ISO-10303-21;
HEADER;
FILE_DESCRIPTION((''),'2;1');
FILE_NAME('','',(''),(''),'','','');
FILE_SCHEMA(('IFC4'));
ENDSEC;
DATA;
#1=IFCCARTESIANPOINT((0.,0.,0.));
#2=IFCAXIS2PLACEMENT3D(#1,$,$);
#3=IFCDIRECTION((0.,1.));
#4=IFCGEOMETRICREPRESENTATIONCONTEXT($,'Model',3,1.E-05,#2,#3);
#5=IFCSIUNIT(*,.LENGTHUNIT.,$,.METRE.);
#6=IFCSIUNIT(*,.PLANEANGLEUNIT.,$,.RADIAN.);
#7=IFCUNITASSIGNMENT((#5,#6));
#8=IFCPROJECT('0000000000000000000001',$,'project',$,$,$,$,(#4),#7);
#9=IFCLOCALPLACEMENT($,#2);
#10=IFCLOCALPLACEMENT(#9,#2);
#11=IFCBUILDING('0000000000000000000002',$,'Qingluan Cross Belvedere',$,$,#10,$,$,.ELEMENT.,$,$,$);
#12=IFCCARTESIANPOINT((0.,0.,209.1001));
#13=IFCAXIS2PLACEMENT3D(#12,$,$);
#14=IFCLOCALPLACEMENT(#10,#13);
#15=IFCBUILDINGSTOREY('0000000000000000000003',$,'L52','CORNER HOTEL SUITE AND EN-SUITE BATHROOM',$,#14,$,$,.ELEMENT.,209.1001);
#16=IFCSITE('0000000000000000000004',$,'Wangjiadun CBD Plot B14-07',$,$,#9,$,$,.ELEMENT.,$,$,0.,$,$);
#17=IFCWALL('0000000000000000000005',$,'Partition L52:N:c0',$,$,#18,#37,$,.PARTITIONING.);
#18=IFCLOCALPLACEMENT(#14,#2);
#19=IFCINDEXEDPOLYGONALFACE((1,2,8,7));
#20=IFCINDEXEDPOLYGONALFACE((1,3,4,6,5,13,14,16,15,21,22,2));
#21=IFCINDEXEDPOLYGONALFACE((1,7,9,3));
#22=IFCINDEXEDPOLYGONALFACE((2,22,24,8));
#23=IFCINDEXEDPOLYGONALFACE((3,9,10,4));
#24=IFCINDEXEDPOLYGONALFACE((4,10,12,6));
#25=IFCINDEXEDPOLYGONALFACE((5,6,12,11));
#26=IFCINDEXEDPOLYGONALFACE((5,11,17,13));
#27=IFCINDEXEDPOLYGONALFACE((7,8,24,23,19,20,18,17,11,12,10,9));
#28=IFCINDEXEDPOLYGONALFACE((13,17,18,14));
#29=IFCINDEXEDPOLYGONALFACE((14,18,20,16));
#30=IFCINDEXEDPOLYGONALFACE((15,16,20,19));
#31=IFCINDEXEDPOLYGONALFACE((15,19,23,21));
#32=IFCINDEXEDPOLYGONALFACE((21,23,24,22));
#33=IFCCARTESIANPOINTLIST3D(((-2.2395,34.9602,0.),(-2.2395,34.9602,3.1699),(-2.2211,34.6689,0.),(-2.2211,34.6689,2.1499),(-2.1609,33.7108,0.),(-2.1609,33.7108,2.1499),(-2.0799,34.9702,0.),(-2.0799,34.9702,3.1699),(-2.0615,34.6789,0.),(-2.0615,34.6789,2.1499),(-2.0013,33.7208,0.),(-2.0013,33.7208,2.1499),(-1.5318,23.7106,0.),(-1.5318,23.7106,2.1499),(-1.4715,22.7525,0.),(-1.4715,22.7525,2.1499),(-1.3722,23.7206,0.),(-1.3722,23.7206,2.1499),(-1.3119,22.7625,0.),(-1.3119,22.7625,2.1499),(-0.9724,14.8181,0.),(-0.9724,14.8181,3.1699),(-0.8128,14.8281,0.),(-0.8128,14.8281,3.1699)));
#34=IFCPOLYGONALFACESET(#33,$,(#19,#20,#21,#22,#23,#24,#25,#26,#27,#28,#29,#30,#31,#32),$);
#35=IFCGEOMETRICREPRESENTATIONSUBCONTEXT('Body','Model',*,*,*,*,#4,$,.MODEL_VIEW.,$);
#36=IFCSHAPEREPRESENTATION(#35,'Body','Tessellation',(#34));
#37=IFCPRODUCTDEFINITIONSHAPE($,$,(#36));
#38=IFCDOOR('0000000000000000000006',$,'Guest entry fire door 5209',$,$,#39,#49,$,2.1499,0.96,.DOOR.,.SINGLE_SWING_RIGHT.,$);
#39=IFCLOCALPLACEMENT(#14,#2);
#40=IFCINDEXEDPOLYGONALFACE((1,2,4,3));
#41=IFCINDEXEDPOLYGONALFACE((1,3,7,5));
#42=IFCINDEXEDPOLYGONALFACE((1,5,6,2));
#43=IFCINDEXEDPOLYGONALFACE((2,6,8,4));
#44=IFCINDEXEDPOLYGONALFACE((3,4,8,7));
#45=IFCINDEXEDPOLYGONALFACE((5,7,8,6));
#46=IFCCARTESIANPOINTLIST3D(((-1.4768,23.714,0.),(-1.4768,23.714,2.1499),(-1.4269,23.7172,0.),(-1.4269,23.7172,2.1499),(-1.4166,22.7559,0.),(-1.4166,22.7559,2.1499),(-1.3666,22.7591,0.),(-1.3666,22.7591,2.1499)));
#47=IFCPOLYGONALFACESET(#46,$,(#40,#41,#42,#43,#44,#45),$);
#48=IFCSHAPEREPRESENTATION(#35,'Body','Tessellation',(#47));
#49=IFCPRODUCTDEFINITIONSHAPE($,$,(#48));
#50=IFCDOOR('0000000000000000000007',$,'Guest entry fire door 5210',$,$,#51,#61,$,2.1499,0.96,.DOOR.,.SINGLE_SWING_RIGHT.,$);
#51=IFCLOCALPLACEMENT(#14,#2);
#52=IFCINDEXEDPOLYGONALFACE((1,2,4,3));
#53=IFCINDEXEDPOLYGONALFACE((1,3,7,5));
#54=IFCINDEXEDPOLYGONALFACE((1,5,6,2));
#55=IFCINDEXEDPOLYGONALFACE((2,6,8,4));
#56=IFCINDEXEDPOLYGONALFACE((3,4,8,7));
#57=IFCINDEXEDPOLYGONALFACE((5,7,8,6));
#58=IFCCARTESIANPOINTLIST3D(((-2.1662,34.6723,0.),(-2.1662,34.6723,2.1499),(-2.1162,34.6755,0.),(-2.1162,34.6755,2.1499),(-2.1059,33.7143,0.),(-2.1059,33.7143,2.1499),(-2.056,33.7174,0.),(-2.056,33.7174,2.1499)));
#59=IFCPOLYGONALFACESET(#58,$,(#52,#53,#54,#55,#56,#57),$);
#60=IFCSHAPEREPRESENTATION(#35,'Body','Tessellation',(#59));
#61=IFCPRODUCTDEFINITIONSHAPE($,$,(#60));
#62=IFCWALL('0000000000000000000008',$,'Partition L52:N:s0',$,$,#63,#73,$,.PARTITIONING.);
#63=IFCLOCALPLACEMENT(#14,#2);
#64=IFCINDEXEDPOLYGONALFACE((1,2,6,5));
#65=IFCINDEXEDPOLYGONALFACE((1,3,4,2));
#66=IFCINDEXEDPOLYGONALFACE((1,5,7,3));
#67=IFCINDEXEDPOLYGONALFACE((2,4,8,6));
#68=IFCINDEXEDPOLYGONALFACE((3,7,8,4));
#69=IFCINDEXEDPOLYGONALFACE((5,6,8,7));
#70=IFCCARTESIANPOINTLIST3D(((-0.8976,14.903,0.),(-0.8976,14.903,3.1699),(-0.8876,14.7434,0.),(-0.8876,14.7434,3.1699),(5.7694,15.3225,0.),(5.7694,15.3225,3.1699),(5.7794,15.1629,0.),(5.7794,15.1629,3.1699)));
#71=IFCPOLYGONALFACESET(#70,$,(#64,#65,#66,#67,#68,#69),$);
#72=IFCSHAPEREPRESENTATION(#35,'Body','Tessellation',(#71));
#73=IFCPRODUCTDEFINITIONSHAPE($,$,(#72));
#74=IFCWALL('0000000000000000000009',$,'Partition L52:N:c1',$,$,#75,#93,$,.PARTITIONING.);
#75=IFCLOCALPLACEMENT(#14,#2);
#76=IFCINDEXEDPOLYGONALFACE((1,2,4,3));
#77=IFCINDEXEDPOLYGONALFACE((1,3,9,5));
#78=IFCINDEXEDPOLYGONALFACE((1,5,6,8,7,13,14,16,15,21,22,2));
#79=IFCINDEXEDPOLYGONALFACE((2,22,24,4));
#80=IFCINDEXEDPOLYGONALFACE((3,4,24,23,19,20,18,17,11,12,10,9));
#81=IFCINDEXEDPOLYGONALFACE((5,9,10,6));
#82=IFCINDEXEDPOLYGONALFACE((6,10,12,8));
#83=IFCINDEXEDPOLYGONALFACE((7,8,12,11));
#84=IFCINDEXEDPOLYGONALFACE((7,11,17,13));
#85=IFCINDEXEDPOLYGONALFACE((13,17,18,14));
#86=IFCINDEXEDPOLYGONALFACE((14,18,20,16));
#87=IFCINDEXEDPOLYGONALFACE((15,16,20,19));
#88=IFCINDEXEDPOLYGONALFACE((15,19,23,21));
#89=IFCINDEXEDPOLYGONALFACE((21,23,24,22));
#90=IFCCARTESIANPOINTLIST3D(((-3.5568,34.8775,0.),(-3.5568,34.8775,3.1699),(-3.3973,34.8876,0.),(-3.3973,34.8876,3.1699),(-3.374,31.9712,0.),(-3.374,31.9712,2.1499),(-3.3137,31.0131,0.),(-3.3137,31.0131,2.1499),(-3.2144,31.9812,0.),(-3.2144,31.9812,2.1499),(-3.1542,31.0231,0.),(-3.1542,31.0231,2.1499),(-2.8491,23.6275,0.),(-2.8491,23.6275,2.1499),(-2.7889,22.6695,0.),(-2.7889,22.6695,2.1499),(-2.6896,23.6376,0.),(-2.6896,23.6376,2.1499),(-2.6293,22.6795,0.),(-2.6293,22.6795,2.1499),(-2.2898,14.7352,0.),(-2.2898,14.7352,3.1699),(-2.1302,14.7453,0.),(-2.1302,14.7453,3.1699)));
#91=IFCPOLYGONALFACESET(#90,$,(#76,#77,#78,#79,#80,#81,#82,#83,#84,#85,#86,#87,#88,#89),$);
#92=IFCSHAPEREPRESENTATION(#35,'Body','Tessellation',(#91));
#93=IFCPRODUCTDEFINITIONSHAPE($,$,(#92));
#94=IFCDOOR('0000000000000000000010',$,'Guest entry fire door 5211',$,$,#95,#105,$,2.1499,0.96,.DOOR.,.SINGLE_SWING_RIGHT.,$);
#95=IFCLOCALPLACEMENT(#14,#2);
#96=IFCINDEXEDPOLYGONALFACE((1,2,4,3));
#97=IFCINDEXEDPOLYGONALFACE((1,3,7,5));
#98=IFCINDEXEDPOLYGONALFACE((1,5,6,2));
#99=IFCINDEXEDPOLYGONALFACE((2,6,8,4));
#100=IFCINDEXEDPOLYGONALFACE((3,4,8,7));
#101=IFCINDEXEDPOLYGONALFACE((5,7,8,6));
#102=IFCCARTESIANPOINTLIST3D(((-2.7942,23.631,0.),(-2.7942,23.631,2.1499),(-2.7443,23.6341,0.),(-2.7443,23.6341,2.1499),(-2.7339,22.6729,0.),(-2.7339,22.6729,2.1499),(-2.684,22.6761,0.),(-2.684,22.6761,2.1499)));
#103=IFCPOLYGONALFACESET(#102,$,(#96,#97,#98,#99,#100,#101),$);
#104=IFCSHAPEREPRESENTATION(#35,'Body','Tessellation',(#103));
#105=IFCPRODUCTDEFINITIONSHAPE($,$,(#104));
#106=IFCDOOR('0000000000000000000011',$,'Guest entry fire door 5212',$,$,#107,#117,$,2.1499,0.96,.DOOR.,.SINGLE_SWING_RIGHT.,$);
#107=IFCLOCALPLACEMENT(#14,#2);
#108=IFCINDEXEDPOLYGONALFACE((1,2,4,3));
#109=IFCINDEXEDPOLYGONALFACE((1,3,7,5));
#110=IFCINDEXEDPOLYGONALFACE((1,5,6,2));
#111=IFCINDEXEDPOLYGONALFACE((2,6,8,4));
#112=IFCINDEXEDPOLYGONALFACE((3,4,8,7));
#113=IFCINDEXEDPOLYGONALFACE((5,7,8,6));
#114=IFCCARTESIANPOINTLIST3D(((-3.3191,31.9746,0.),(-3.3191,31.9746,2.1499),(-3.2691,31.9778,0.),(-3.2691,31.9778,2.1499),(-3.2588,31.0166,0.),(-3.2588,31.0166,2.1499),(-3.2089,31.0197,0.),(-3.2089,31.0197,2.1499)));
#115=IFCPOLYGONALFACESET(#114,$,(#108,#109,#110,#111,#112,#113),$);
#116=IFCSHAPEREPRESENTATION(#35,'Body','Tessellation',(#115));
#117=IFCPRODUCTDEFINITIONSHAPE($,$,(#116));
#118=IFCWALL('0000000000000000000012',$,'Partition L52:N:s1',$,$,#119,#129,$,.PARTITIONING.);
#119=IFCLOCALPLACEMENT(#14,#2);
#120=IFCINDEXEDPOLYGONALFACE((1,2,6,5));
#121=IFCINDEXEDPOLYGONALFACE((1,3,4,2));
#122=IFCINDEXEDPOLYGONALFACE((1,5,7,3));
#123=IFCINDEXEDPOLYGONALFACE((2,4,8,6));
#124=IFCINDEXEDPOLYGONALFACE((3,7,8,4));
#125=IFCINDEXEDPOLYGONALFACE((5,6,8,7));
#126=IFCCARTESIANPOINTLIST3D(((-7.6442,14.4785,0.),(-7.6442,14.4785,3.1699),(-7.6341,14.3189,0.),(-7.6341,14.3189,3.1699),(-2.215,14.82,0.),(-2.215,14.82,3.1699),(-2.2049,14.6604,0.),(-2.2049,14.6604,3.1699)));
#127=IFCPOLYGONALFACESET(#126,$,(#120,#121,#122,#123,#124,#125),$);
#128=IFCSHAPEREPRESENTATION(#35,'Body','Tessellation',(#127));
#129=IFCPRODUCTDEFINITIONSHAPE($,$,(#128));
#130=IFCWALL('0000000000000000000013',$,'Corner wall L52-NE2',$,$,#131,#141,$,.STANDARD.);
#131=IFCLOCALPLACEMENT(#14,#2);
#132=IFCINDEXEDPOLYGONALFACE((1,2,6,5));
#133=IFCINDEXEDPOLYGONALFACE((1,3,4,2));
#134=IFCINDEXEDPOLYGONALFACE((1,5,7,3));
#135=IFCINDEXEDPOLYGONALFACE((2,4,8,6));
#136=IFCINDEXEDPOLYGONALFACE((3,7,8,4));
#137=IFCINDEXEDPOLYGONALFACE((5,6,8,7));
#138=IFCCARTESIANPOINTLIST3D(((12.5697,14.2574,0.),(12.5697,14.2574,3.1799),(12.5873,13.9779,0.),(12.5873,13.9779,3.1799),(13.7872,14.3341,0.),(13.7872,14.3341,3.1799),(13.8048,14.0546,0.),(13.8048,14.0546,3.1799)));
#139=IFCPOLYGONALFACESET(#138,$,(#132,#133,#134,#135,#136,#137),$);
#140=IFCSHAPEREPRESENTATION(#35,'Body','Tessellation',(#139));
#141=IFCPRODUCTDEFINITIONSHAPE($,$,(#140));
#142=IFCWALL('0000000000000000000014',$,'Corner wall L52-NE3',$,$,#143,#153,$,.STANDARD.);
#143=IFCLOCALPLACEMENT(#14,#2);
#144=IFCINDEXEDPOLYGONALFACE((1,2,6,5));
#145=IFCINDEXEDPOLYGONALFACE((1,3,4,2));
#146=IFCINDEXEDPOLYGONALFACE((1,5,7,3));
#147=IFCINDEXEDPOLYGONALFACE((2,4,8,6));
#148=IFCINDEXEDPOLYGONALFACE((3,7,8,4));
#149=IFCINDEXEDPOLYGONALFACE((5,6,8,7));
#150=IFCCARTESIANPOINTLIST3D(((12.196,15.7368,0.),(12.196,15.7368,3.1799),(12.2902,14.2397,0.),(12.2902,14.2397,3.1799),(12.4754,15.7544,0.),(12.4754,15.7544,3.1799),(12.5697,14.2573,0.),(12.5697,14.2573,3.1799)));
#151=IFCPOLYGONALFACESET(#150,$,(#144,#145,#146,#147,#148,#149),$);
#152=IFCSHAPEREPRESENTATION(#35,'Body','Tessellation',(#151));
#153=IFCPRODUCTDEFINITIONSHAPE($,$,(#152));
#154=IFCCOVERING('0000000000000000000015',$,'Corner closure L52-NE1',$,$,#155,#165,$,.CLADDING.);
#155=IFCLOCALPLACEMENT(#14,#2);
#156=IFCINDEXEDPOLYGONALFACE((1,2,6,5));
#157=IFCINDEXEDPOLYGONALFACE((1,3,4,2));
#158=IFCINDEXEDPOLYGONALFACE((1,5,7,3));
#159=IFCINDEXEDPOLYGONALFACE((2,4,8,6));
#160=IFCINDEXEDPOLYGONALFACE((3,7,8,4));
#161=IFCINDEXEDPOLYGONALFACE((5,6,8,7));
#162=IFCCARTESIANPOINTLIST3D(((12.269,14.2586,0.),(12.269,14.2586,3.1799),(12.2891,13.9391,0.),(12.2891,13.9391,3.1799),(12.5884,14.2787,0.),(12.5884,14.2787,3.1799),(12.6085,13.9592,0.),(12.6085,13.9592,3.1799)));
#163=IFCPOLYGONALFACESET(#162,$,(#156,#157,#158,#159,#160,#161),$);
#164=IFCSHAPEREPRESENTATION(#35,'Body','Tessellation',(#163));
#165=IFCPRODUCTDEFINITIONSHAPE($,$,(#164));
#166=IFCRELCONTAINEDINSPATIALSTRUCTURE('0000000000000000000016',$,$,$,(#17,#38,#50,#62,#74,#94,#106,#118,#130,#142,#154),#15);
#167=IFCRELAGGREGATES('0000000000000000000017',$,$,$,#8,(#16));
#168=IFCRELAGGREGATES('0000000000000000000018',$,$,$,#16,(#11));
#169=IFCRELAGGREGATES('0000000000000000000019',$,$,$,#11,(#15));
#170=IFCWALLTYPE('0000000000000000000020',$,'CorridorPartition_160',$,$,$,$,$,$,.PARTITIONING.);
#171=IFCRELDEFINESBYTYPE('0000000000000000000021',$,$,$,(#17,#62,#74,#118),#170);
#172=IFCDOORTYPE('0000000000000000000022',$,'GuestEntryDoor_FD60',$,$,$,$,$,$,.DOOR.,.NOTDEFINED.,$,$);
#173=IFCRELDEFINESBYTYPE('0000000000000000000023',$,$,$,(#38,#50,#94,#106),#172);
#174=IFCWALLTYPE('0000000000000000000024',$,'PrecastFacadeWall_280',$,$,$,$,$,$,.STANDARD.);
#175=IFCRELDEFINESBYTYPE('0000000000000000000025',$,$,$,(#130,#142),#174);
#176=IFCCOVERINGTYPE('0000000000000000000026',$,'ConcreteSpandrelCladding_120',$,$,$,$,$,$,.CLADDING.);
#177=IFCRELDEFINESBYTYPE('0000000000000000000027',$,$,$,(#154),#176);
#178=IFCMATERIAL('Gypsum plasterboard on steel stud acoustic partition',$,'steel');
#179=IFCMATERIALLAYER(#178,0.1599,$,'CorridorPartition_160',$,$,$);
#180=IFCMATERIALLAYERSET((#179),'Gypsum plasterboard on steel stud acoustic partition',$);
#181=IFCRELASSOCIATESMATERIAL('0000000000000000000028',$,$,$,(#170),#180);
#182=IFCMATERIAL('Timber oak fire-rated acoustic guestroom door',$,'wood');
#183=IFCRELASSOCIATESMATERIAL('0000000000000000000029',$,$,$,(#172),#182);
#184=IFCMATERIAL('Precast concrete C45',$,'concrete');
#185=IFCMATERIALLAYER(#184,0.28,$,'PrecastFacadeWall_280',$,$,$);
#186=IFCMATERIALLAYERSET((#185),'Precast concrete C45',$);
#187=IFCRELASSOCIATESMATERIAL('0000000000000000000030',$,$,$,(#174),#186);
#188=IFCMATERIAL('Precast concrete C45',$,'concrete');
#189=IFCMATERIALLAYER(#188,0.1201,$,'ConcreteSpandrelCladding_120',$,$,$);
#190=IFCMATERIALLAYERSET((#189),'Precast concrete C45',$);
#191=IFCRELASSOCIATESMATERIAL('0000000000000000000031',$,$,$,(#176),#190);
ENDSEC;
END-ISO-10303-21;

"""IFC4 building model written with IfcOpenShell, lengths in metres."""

from ifc_helpers import new_model, si_unit, direction, frame, frame_2d, origin, origin_2d, place, context, subcontext, project, spatial, rectangle, extrude, material, layer, layer_set, type_object, element, fill, save


model = new_model("IFC4")

# Units and contexts
model_context = context("Model", 3, precision=1e-05, world=origin(), true_north=direction((0.0, 1.0)))
body_context = subcontext(model_context, "Body", "Model", "MODEL_VIEW")
ifc_project = project(units=[si_unit("LENGTHUNIT", "METRE"), si_unit("PLANEANGLEUNIT", "RADIAN")], contexts=[model_context])

# Site, building, storey
site_placement = place(None, origin())
site = spatial("IfcSite", under=ifc_project, at=site_placement, Name="Wangjiadun CBD Plot B14-07", CompositionType="ELEMENT", RefElevation=0.0)
building_placement = place(site_placement, origin())
building = spatial("IfcBuilding", under=site, at=building_placement, Name="Qingluan Cross Belvedere", CompositionType="ELEMENT")
storey_placement = place(building_placement, frame((0.0, 0.0, 209.1001)))
storey = spatial("IfcBuildingStorey", under=building, at=storey_placement, Name="L52", Description="CORNER HOTEL SUITE AND EN-SUITE BATHROOM", CompositionType="ELEMENT", Elevation=209.1001)

# Shared definitions
ifc_material_1 = material(Name="Gypsum plasterboard on steel stud acoustic partition", Category="steel")
ifc_layer_1 = layer(ifc_material_1, 0.1599, Name="CorridorPartition_160")
ifc_layer_set_1 = layer_set([ifc_layer_1], Name="Gypsum plasterboard on steel stud acoustic partition")
wall_type_1 = type_object("IfcWallType", Name="CorridorPartition_160", PredefinedType="PARTITIONING", material=ifc_layer_set_1)
ifc_material_2 = material(Name="Timber oak fire-rated acoustic guestroom door", Category="wood")
door_type = type_object("IfcDoorType", Name="GuestEntryDoor_FD60", OperationType="NOTDEFINED", PredefinedType="DOOR", material=ifc_material_2)

# Wall, openings, doors
wall_1_placement = place(storey_placement, frame((-0.8926, 14.8232, 0.0), z_axis=(0.0, 0.0, 1.0), x_axis=(-0.062783, 0.998027, 0.0)))
wall_1 = element("IfcWall", 1, at=wall_1_placement, inside=storey, type_object=wall_type_1, Name="Partition L52:N:c0", PredefinedType="PARTITIONING", context=body_context, shape_type="SweptSolid", body=[
    extrude(rectangle(XDim=20.1819, YDim=0.1599, at=frame_2d((10.0908, 0.0))), origin(), (0.0, 0.0, 1.0), 3.1699),
])
opening_1_placement = place(wall_1_placement, frame((7.95, 0.0, 0.0)))
opening_1 = element("IfcOpeningElement", 2, at=opening_1_placement, cuts=wall_1, PredefinedType="OPENING", context=body_context, shape_type="SweptSolid", body=[
    extrude(rectangle(XDim=0.96, YDim=2.1499, at=frame_2d((0.48, 1.075))), frame((0.0, 0.0898, 0.0), z_axis=(0.0, -1.0, 0.0), x_axis=(1.0, 0.0, 0.0)), (0.0, 0.0, 1.0), 0.1799),
])
opening_2_placement = place(wall_1_placement, frame((18.9299, 0.0, 0.0)))
opening_2 = element("IfcOpeningElement", 3, at=opening_2_placement, cuts=wall_1, PredefinedType="OPENING", context=body_context, shape_type="SweptSolid", body=[
    extrude(rectangle(XDim=0.96, YDim=2.1499, at=frame_2d((0.48, 1.075))), frame((0.0, 0.0898, 0.0), z_axis=(0.0, -1.0, 0.0), x_axis=(1.0, 0.0, 0.0)), (0.0, 0.0, 1.0), 0.1799),
])
door_1_placement = place(opening_1_placement, origin())
door_1 = element("IfcDoor", 4, at=door_1_placement, inside=storey, type_object=door_type, Name="Guest entry fire door 5209", OperationType="SINGLE_SWING_RIGHT", OverallHeight=2.1499, OverallWidth=0.96, PredefinedType="DOOR", context=body_context, shape_type="SweptSolid", body=[
    extrude(rectangle(XDim=0.96, YDim=2.1499, at=frame_2d((0.48, 1.075))), frame((0.0, 0.0249, 0.0), z_axis=(0.0, -1.0, 0.0), x_axis=(1.0, 0.0, 0.0)), (0.0, 0.0, 1.0), 0.05),
])
fill(opening_1, door_1)
door_2_placement = place(opening_2_placement, origin())
door_2 = element("IfcDoor", 5, at=door_2_placement, inside=storey, type_object=door_type, Name="Guest entry fire door 5210", OperationType="SINGLE_SWING_RIGHT", OverallHeight=2.1499, OverallWidth=0.96, PredefinedType="DOOR", context=body_context, shape_type="SweptSolid", body=[
    extrude(rectangle(XDim=0.96, YDim=2.1499, at=frame_2d((0.48, 1.075))), frame((0.0, 0.0249, 0.0), z_axis=(0.0, -1.0, 0.0), x_axis=(1.0, 0.0, 0.0)), (0.0, 0.0, 1.0), 0.05),
])
fill(opening_2, door_2)

# Wall
wall_2_placement = place(storey_placement, frame((-0.8926, 14.8232, 0.0), z_axis=(0.0, 0.0, 1.0), x_axis=(0.998027, 0.062788, 0.0)))
element("IfcWall", 6, at=wall_2_placement, inside=storey, type_object=wall_type_1, Name="Partition L52:N:s0", PredefinedType="PARTITIONING", context=body_context, shape_type="SweptSolid", body=[
    extrude(rectangle(XDim=6.6802, YDim=0.1599, at=frame_2d((3.3401, 0.0))), origin(), (0.0, 0.0, 1.0), 3.1699),
])

# Wall, openings, doors
wall_3_placement = place(storey_placement, frame((-2.21, 14.7402, 0.0), z_axis=(0.0, 0.0, 1.0), x_axis=(-0.062783, 0.998027, 0.0)))
wall_3 = element("IfcWall", 7, at=wall_3_placement, inside=storey, type_object=wall_type_1, Name="Partition L52:N:c1", PredefinedType="PARTITIONING", context=body_context, shape_type="SweptSolid", body=[
    extrude(rectangle(XDim=20.1821, YDim=0.1599, at=frame_2d((10.0911, 0.0))), origin(), (0.0, 0.0, 1.0), 3.1699),
])
opening_3_placement = place(wall_3_placement, frame((7.95, 0.0, 0.0)))
opening_3 = element("IfcOpeningElement", 8, at=opening_3_placement, cuts=wall_3, PredefinedType="OPENING", context=body_context, shape_type="SweptSolid", body=[
    extrude(rectangle(XDim=0.96, YDim=2.1499, at=frame_2d((0.48, 1.075))), frame((0.0, 0.0898, 0.0), z_axis=(0.0, -1.0, 0.0), x_axis=(1.0, 0.0, 0.0)), (0.0, 0.0, 1.0), 0.1799),
])
opening_4_placement = place(wall_3_placement, frame((16.3101, 0.0, 0.0)))
opening_4 = element("IfcOpeningElement", 9, at=opening_4_placement, cuts=wall_3, PredefinedType="OPENING", context=body_context, shape_type="SweptSolid", body=[
    extrude(rectangle(XDim=0.96, YDim=2.1499, at=frame_2d((0.48, 1.075))), frame((0.0, 0.0898, 0.0), z_axis=(0.0, -1.0, 0.0), x_axis=(1.0, 0.0, 0.0)), (0.0, 0.0, 1.0), 0.1799),
])
door_3_placement = place(opening_3_placement, origin())
door_3 = element("IfcDoor", 10, at=door_3_placement, inside=storey, type_object=door_type, Name="Guest entry fire door 5211", OperationType="SINGLE_SWING_RIGHT", OverallHeight=2.1499, OverallWidth=0.96, PredefinedType="DOOR", context=body_context, shape_type="SweptSolid", body=[
    extrude(rectangle(XDim=0.96, YDim=2.1499, at=frame_2d((0.48, 1.075))), frame((0.0, 0.0249, 0.0), z_axis=(0.0, -1.0, 0.0), x_axis=(1.0, 0.0, 0.0)), (0.0, 0.0, 1.0), 0.05),
])
fill(opening_3, door_3)
door_4_placement = place(opening_4_placement, origin())
door_4 = element("IfcDoor", 11, at=door_4_placement, inside=storey, type_object=door_type, Name="Guest entry fire door 5212", OperationType="SINGLE_SWING_RIGHT", OverallHeight=2.1499, OverallWidth=0.96, PredefinedType="DOOR", context=body_context, shape_type="SweptSolid", body=[
    extrude(rectangle(XDim=0.96, YDim=2.1499, at=frame_2d((0.48, 1.075))), frame((0.0, 0.0249, 0.0), z_axis=(0.0, -1.0, 0.0), x_axis=(1.0, 0.0, 0.0)), (0.0, 0.0, 1.0), 0.05),
])
fill(opening_4, door_4)

# Walls
wall_4_placement = place(storey_placement, frame((-2.21, 14.7402, 0.0), z_axis=(0.0, 0.0, 1.0), x_axis=(-0.998027, -0.062786, 0.0)))
element("IfcWall", 12, at=wall_4_placement, inside=storey, type_object=wall_type_1, Name="Partition L52:N:s1", PredefinedType="PARTITIONING", context=body_context, shape_type="SweptSolid", body=[
    extrude(rectangle(XDim=5.4399, YDim=0.1599, at=frame_2d((2.72, 0.0))), origin(), (0.0, 0.0, 1.0), 3.1699),
])
ifc_material_3 = material(Name="Precast concrete C45", Category="concrete")
ifc_layer_2 = layer(ifc_material_3, 0.28, Name="PrecastFacadeWall_280")
ifc_layer_set_2 = layer_set([ifc_layer_2], Name="Precast concrete C45")
wall_type_2 = type_object("IfcWallType", Name="PrecastFacadeWall_280", PredefinedType="STANDARD", material=ifc_layer_set_2)
wall_5_placement = place(storey_placement, frame((13.7959, 14.1943, 0.0), z_axis=(0.0, 0.0, 1.0), x_axis=(-0.998024, -0.062839, 0.0)))
element("IfcWall", 13, at=wall_5_placement, inside=storey, type_object=wall_type_2, Name="Corner wall L52-NE2", PredefinedType="STANDARD", context=body_context, shape_type="SweptSolid", body=[
    extrude(rectangle(XDim=1.22, YDim=0.28, at=frame_2d((0.6099, 0.0))), origin(), (0.0, 0.0, 1.0), 3.1799),
])
wall_6_placement = place(storey_placement, frame((12.4299, 14.2485, 0.0), z_axis=(0.0, 0.0, 1.0), x_axis=(-0.062824, 0.998025, 0.0)))
element("IfcWall", 14, at=wall_6_placement, inside=storey, type_object=wall_type_2, Name="Corner wall L52-NE3", PredefinedType="STANDARD", context=body_context, shape_type="SweptSolid", body=[
    extrude(rectangle(XDim=1.5, YDim=0.28, at=frame_2d((0.75, 0.0))), origin(), (0.0, 0.0, 1.0), 3.1799),
])

# Covering
ifc_material_4 = material(Name="Precast concrete C45", Category="concrete")
ifc_layer_3 = layer(ifc_material_4, 0.1201, Name="ConcreteSpandrelCladding_120")
ifc_layer_set_3 = layer_set([ifc_layer_3], Name="Precast concrete C45")
covering_type = type_object("IfcCoveringType", Name="ConcreteSpandrelCladding_120", PredefinedType="CLADDING", material=ifc_layer_set_3)
covering_placement = place(storey_placement, frame((12.4387, 14.1089, 0.0), z_axis=(0.0, 0.0, 1.0), x_axis=(0.998027, 0.062791, 0.0)))
element("IfcCovering", 15, at=covering_placement, inside=storey, type_object=covering_type, Name="Corner closure L52-NE1", PredefinedType="CLADDING", context=body_context, shape_type="SweptSolid", body=[
    extrude(rectangle(XDim=0.3201, YDim=0.3201, at=origin_2d()), origin(), (0.0, 0.0, 1.0), 3.1799),
])

save(model, "model.ifc")
